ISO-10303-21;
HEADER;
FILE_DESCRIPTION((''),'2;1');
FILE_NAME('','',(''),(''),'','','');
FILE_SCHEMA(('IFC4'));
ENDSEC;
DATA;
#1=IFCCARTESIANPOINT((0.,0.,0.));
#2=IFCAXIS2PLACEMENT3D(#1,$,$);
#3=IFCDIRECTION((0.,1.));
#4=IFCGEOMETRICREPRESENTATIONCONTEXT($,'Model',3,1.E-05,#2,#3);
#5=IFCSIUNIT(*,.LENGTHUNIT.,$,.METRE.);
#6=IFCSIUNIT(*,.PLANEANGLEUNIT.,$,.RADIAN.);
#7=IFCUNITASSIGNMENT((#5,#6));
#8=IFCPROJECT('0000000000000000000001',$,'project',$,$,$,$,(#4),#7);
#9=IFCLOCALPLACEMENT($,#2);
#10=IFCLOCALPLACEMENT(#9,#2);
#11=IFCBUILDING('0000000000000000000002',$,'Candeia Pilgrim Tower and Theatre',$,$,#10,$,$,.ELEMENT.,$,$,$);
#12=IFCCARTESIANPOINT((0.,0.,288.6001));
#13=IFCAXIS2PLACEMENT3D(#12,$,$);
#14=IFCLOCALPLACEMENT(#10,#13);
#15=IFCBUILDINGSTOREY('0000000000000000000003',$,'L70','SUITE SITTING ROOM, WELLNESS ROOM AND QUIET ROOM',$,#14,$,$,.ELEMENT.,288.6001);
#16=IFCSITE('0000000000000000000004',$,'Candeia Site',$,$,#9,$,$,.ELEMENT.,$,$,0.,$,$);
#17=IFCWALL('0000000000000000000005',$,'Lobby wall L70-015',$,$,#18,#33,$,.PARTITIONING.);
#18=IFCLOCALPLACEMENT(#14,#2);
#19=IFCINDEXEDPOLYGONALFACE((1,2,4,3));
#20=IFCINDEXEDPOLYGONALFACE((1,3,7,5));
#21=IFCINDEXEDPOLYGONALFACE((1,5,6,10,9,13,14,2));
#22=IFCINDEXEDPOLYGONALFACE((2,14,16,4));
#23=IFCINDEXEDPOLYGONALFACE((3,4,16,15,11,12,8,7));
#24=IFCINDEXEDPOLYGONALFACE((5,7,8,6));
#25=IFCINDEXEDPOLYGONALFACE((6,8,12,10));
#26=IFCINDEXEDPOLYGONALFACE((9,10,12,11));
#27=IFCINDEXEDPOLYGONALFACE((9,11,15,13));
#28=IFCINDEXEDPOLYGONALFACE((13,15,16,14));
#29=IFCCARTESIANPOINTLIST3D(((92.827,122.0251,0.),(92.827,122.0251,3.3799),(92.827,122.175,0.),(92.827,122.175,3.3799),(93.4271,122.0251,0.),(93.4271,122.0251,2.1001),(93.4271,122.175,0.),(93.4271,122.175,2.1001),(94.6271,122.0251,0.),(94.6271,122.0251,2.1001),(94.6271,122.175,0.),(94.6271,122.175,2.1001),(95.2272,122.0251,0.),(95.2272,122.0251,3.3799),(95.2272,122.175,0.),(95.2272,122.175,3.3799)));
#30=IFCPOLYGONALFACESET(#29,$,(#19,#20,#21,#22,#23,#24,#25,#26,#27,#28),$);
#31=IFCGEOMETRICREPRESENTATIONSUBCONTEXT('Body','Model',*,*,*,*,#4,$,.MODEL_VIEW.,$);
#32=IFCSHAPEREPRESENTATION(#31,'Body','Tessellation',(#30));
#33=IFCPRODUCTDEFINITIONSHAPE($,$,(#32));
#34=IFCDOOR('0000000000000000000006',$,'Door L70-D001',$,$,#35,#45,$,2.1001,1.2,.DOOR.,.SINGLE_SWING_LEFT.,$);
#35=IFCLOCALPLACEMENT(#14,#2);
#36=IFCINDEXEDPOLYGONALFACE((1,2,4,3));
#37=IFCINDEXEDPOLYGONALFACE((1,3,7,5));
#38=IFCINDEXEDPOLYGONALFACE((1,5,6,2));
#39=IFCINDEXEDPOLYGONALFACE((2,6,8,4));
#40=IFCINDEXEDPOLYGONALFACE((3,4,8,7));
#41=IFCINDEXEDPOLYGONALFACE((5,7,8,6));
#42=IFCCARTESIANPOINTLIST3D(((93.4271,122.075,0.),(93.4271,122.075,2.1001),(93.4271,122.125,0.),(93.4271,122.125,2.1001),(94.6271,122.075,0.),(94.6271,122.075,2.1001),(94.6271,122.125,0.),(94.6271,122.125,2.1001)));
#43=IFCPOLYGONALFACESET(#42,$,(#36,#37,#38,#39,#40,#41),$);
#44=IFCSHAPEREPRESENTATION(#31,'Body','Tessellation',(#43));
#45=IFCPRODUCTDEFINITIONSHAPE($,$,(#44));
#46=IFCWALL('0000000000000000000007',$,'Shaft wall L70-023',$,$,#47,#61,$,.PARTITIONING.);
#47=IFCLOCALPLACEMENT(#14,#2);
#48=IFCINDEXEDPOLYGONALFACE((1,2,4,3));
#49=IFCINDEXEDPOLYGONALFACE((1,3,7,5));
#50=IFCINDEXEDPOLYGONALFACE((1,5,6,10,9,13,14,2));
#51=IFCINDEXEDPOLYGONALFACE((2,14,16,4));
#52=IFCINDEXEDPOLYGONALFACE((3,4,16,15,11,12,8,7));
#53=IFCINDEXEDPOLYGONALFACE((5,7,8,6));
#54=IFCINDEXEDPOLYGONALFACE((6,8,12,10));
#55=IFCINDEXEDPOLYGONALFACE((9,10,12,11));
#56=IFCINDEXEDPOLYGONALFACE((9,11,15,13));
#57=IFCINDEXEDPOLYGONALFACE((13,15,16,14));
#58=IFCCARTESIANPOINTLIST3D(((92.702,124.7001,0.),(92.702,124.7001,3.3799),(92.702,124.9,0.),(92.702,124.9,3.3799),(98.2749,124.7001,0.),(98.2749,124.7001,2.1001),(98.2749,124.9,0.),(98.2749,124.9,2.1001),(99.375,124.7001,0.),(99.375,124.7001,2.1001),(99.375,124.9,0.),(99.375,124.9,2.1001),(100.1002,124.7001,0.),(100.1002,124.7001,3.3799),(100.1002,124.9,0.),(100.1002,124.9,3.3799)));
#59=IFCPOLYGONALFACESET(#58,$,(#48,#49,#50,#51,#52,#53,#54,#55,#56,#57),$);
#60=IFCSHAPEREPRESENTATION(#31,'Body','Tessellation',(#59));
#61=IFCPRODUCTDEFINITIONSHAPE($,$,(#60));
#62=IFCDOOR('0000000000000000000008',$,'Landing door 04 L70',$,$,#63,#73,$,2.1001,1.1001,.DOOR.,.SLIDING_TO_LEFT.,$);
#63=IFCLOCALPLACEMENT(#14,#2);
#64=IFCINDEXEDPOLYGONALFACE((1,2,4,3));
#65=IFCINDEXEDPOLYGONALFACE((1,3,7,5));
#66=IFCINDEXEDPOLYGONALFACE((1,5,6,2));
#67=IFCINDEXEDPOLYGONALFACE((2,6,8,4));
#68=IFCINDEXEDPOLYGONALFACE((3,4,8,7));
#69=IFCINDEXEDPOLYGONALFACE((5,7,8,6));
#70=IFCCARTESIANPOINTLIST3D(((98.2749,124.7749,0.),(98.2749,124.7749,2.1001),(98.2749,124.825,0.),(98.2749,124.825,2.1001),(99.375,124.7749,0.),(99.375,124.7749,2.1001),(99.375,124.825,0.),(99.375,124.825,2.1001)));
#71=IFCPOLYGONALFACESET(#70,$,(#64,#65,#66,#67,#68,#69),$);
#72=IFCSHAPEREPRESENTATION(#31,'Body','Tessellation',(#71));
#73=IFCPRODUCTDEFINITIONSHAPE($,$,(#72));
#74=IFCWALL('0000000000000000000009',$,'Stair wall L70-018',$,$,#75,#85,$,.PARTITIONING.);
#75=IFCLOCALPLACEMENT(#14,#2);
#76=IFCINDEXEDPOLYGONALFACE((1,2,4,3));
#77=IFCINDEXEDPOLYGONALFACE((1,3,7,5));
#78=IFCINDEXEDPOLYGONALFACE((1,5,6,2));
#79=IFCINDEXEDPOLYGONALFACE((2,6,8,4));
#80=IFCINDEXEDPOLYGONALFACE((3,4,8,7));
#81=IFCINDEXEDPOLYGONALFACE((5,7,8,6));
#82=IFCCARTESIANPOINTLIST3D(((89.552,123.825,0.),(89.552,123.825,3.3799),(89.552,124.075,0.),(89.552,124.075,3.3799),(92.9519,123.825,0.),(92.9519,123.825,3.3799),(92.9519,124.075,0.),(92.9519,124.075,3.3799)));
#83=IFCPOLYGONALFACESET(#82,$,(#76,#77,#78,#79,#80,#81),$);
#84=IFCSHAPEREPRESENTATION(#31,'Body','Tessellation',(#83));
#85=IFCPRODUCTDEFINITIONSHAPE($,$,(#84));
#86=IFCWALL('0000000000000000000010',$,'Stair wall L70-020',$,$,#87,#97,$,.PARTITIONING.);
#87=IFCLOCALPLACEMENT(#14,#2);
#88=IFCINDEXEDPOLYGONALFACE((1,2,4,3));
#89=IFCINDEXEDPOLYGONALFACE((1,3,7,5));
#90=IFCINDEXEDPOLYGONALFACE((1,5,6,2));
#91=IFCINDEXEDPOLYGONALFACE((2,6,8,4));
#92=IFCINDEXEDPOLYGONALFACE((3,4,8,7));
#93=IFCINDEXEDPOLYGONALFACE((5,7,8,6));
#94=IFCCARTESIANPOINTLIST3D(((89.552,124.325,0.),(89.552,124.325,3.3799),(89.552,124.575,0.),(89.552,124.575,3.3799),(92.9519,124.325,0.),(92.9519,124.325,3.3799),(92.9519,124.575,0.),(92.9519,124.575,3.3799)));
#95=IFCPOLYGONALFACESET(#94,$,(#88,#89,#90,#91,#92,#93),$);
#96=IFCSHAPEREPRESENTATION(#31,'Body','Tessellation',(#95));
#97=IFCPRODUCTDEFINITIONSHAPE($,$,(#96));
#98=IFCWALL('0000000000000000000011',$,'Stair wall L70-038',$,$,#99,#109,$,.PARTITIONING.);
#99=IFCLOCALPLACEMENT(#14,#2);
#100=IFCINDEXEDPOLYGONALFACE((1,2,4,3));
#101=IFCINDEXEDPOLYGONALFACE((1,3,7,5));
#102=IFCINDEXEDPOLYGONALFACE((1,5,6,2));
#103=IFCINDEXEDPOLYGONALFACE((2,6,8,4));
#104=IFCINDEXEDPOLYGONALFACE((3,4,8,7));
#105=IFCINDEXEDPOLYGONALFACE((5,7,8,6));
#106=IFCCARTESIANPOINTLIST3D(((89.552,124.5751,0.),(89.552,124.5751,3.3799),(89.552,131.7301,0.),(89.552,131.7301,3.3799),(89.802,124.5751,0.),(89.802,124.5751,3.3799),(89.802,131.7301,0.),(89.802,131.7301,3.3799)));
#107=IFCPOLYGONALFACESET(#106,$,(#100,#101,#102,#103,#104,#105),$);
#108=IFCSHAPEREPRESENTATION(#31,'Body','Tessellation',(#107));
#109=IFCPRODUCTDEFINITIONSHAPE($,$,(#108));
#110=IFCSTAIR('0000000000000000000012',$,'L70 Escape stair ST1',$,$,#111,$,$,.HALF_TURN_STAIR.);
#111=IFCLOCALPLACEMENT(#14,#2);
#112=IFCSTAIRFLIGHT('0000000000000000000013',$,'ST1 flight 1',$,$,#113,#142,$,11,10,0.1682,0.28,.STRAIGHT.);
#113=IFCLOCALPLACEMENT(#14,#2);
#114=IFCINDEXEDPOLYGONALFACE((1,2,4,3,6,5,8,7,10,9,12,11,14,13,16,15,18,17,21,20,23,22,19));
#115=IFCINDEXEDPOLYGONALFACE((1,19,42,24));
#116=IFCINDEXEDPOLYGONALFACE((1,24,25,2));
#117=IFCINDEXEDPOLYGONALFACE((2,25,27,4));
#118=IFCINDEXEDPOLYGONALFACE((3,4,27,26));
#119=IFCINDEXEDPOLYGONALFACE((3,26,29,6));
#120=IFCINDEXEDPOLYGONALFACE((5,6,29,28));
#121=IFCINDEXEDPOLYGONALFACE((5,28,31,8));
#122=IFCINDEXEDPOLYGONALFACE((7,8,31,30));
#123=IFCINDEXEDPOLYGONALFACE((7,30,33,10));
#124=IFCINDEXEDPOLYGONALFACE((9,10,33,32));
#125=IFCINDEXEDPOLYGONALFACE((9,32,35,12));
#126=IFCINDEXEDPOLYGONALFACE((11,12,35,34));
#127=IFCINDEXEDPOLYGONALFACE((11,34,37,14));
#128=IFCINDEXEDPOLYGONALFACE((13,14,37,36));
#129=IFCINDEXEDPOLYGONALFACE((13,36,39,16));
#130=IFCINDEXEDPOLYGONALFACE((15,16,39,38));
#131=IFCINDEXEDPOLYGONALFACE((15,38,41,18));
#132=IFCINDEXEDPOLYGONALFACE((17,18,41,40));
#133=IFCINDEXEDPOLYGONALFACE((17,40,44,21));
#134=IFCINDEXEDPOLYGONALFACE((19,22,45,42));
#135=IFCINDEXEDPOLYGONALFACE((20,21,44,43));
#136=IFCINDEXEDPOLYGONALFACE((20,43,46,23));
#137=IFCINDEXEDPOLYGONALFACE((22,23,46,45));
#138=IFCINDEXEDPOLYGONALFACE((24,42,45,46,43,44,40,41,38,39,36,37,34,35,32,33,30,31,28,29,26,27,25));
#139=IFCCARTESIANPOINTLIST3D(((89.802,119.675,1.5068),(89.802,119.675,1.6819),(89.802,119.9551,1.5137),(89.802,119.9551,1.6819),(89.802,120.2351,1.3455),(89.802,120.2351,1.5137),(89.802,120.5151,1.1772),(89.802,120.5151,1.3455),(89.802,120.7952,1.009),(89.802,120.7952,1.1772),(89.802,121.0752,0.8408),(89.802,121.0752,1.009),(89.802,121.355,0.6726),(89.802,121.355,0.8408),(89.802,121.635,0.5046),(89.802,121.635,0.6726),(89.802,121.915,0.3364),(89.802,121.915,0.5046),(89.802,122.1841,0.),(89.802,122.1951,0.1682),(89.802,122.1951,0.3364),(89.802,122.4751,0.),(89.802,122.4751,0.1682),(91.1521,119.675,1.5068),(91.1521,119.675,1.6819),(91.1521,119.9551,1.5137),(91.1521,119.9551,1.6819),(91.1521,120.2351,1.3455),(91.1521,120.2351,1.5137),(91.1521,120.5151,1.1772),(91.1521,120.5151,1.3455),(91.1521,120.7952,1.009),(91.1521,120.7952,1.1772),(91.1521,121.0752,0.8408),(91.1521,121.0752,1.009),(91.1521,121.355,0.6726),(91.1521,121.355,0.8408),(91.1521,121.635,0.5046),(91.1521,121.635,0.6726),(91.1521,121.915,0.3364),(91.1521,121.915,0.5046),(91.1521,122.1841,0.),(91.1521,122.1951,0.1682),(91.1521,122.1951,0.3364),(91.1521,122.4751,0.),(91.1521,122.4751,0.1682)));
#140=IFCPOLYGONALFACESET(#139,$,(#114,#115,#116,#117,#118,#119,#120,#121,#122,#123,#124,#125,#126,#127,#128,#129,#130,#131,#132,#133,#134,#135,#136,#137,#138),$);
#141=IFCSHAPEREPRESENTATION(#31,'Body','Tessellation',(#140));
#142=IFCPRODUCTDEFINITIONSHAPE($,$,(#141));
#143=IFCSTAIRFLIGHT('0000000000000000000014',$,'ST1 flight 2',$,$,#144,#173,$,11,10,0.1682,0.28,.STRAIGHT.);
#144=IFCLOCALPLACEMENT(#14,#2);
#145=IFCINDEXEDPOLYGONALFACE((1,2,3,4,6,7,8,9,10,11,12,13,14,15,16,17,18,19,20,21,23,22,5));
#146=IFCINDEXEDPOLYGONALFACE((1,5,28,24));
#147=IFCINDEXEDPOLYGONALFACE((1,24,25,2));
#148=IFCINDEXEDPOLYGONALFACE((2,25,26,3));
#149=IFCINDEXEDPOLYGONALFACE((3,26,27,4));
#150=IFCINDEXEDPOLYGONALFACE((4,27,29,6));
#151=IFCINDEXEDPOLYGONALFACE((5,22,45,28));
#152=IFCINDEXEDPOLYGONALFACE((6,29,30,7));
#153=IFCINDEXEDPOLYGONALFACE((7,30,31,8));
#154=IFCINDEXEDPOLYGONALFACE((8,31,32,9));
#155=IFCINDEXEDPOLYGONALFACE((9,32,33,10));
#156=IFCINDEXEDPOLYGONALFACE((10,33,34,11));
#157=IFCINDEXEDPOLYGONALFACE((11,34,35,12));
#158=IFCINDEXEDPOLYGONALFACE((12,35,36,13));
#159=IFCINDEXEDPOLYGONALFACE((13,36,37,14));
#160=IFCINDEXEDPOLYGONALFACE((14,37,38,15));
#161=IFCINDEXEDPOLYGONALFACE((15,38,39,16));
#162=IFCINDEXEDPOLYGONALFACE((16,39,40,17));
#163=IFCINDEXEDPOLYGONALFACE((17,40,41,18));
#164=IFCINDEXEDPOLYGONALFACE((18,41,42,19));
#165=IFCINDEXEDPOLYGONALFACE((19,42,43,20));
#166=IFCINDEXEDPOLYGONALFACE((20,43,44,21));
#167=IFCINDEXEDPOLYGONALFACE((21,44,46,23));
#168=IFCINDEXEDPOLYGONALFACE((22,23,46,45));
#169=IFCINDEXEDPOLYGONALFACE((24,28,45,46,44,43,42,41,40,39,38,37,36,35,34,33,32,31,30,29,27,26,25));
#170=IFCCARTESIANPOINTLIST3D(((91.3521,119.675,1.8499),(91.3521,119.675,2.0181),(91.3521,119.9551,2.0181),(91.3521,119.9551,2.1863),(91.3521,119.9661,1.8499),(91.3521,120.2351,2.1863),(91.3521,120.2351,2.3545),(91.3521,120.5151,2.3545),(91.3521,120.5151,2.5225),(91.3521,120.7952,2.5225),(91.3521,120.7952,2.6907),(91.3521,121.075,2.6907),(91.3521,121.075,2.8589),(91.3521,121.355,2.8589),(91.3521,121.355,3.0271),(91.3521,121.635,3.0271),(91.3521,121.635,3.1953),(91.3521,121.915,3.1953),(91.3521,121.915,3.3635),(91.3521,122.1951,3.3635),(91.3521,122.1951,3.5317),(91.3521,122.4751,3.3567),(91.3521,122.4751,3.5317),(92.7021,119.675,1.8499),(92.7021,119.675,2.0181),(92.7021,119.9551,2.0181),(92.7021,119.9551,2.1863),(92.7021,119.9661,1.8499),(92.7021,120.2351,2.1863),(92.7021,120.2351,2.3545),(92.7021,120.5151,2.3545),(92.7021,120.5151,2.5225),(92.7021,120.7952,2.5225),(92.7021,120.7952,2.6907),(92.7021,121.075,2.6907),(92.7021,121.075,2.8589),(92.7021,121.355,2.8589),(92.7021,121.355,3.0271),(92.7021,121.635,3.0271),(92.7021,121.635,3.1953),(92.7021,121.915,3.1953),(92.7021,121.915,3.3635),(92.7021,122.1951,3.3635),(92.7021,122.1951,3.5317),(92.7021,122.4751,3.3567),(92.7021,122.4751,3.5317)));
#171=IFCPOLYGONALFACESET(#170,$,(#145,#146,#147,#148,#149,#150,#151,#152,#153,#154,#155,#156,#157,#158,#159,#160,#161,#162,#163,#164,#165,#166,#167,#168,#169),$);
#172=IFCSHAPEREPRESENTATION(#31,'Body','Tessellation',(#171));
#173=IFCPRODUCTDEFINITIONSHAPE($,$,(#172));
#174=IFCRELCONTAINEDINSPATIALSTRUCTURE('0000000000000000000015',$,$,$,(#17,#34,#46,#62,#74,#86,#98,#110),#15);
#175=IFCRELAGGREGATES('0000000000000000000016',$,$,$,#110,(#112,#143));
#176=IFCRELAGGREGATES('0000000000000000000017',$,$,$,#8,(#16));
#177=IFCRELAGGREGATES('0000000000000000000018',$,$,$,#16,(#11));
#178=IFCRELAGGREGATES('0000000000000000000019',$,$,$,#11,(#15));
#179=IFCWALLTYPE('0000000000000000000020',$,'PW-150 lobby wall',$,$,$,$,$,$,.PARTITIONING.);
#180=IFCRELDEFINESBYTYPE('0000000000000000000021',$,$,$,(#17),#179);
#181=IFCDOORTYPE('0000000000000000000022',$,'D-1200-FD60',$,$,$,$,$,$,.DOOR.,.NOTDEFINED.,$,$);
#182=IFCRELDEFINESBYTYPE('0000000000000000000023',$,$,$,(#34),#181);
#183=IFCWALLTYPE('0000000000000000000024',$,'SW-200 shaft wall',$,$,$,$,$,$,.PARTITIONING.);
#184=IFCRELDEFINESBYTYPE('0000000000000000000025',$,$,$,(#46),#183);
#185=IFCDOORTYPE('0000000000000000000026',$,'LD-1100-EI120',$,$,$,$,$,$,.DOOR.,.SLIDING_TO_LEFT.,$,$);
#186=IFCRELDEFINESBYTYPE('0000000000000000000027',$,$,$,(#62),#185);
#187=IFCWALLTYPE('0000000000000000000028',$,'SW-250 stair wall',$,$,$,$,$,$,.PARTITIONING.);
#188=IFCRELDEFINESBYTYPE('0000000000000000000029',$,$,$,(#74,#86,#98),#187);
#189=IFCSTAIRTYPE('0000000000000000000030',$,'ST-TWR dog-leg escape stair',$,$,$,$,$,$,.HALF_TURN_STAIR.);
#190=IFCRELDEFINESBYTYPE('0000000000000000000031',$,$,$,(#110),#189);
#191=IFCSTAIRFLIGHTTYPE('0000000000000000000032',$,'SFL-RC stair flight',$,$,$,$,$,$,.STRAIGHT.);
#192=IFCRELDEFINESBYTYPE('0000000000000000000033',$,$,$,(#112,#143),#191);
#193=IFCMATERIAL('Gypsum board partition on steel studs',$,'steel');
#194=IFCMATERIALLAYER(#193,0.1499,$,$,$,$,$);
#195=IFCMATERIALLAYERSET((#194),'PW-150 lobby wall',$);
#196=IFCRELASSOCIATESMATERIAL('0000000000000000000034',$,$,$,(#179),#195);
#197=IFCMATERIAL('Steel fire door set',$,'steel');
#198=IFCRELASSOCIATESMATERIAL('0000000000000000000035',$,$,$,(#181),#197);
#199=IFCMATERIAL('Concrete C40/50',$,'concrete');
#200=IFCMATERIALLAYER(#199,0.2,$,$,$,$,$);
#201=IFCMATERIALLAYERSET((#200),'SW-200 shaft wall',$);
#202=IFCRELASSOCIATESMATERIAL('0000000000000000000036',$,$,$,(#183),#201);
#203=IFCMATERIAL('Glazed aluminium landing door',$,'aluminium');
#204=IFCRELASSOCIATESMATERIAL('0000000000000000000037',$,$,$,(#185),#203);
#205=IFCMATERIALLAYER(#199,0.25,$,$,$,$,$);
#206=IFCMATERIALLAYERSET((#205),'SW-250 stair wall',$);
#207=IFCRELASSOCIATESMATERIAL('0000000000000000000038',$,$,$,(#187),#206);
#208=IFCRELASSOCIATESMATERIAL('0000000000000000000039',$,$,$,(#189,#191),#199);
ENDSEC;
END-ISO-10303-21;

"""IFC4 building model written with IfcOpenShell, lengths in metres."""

from ifc_helpers import new_model, si_unit, direction, frame, frame_2d, origin, place, context, subcontext, project, spatial, polyline, rectangle, outline, extrude, material, layer, layer_set, type_object, element, fill, aggregate, save


model = new_model("IFC4")

# Units and contexts
model_context = context("Model", 3, precision=1e-05, world=origin(), true_north=direction((0.0, 1.0)))
body_context = subcontext(model_context, "Body", "Model", "MODEL_VIEW")
ifc_project = project(units=[si_unit("LENGTHUNIT", "METRE"), si_unit("PLANEANGLEUNIT", "RADIAN")], contexts=[model_context])

# Site, building, storey
site_placement = place(None, origin())
site = spatial("IfcSite", under=ifc_project, at=site_placement, Name="Candeia Site", CompositionType="ELEMENT", RefElevation=0.0)
building_placement = place(site_placement, origin())
building = spatial("IfcBuilding", under=site, at=building_placement, Name="Candeia Pilgrim Tower and Theatre", CompositionType="ELEMENT")
storey_placement = place(building_placement, frame((0.0, 0.0, 288.6001)))
storey = spatial("IfcBuildingStorey", under=building, at=storey_placement, Name="L70", Description="SUITE SITTING ROOM, WELLNESS ROOM AND QUIET ROOM", CompositionType="ELEMENT", Elevation=288.6001)

# Walls, openings, doors
ifc_material_1 = material(Name="Gypsum board partition on steel studs", Category="steel")
ifc_layer_1 = layer(ifc_material_1, 0.1499)
ifc_layer_set_1 = layer_set([ifc_layer_1], Name="PW-150 lobby wall")
wall_type_1 = type_object("IfcWallType", Name="PW-150 lobby wall", PredefinedType="PARTITIONING", material=ifc_layer_set_1)
wall_1_placement = place(storey_placement, frame((92.8269, 122.1001, 0.0), z_axis=(0.0, 0.0, 1.0), x_axis=(1.0, 0.0, 0.0)))
wall_1 = element("IfcWall", 1, at=wall_1_placement, inside=storey, type_object=wall_type_1, Name="Lobby wall L70-015", PredefinedType="PARTITIONING", context=body_context, shape_type="SweptSolid", body=[
    extrude(rectangle(XDim=2.4001, YDim=0.1499, at=frame_2d((1.2002, 0.0))), origin(), (0.0, 0.0, 1.0), 3.3799),
])
opening_1_placement = place(wall_1_placement, frame((0.6001, 0.0, 0.0)))
opening_1 = element("IfcOpeningElement", 2, at=opening_1_placement, cuts=wall_1, PredefinedType="OPENING", context=body_context, shape_type="SweptSolid", body=[
    extrude(rectangle(XDim=1.2, YDim=2.1001, at=frame_2d((0.6001, 1.05))), frame((0.0, 0.085, 0.0), z_axis=(0.0, -1.0, 0.0), x_axis=(1.0, 0.0, 0.0)), (0.0, 0.0, 1.0), 0.1699),
])
ifc_material_2 = material(Name="Steel fire door set", Category="steel")
door_type_1 = type_object("IfcDoorType", Name="D-1200-FD60", OperationType="NOTDEFINED", PredefinedType="DOOR", material=ifc_material_2)
door_1_placement = place(opening_1_placement, origin())
door_1 = element("IfcDoor", 3, at=door_1_placement, inside=storey, type_object=door_type_1, Name="Door L70-D001", OperationType="SINGLE_SWING_LEFT", OverallHeight=2.1001, OverallWidth=1.2, PredefinedType="DOOR", context=body_context, shape_type="SweptSolid", body=[
    extrude(rectangle(XDim=1.2, YDim=2.1001, at=frame_2d((0.6001, 1.05))), frame((0.0, 0.0249, 0.0), z_axis=(0.0, -1.0, 0.0), x_axis=(1.0, 0.0, 0.0)), (0.0, 0.0, 1.0), 0.05),
])
fill(opening_1, door_1)
ifc_material_3 = material(Name="Concrete C40/50", Category="concrete")
ifc_layer_2 = layer(ifc_material_3, 0.2)
ifc_layer_set_2 = layer_set([ifc_layer_2], Name="SW-200 shaft wall")
wall_type_2 = type_object("IfcWallType", Name="SW-200 shaft wall", PredefinedType="PARTITIONING", material=ifc_layer_set_2)
wall_2_placement = place(storey_placement, frame((92.7019, 124.8, 0.0), z_axis=(0.0, 0.0, 1.0), x_axis=(1.0, 0.0, 0.0)))
wall_2 = element("IfcWall", 4, at=wall_2_placement, inside=storey, type_object=wall_type_2, Name="Shaft wall L70-023", PredefinedType="PARTITIONING", context=body_context, shape_type="SweptSolid", body=[
    extrude(rectangle(XDim=7.3982, YDim=0.2, at=frame_2d((3.6992, 0.0))), origin(), (0.0, 0.0, 1.0), 3.3799),
])
opening_2_placement = place(wall_2_placement, frame((5.573, 0.0, 0.0)))
opening_2 = element("IfcOpeningElement", 5, at=opening_2_placement, cuts=wall_2, PredefinedType="OPENING", context=body_context, shape_type="SweptSolid", body=[
    extrude(rectangle(XDim=1.1001, YDim=2.1001, at=frame_2d((0.55, 1.05))), frame((0.0, 0.1099, 0.0), z_axis=(0.0, -1.0, 0.0), x_axis=(1.0, 0.0, 0.0)), (0.0, 0.0, 1.0), 0.22),
])
ifc_material_4 = material(Name="Glazed aluminium landing door", Category="aluminium")
door_type_2 = type_object("IfcDoorType", Name="LD-1100-EI120", OperationType="SLIDING_TO_LEFT", PredefinedType="DOOR", material=ifc_material_4)
door_2_placement = place(opening_2_placement, origin())
door_2 = element("IfcDoor", 6, at=door_2_placement, inside=storey, type_object=door_type_2, Name="Landing door 04 L70", OperationType="SLIDING_TO_LEFT", OverallHeight=2.1001, OverallWidth=1.1001, PredefinedType="DOOR", context=body_context, shape_type="SweptSolid", body=[
    extrude(rectangle(XDim=1.1001, YDim=2.1001, at=frame_2d((0.55, 1.05))), frame((0.0, 0.0249, 0.0), z_axis=(0.0, -1.0, 0.0), x_axis=(1.0, 0.0, 0.0)), (0.0, 0.0, 1.0), 0.05),
])
fill(opening_2, door_2)

# Walls
ifc_layer_3 = layer(ifc_material_3, 0.25)
ifc_layer_set_3 = layer_set([ifc_layer_3], Name="SW-250 stair wall")
wall_type_3 = type_object("IfcWallType", Name="SW-250 stair wall", PredefinedType="PARTITIONING", material=ifc_layer_set_3)
for number, where, z_axis, x_axis, name in (
    (7, (89.552, 123.95, 0.0), (0.0, 0.0, 1.0), (1.0, 0.0, 0.0), "Stair wall L70-018"),
    (8, (89.552, 124.45, 0.0), (0.0, 0.0, 1.0), (1.0, 0.0, 0.0), "Stair wall L70-020"),
):
    element("IfcWall", number, at=place(storey_placement, frame(where, z_axis=z_axis, x_axis=x_axis)), inside=storey, type_object=wall_type_3, Name=name, PredefinedType="PARTITIONING", context=body_context, shape_type="SweptSolid", body=[
        extrude(rectangle(XDim=3.3999, YDim=0.25, at=frame_2d((1.7, 0.0))), origin(), (0.0, 0.0, 1.0), 3.3799),
    ])
wall_3_placement = place(storey_placement, frame((89.677, 124.575, 0.0), z_axis=(0.0, 0.0, 1.0), x_axis=(0.0, 1.0, 0.0)))
element("IfcWall", 9, at=wall_3_placement, inside=storey, type_object=wall_type_3, Name="Stair wall L70-038", PredefinedType="PARTITIONING", context=body_context, shape_type="SweptSolid", body=[
    extrude(rectangle(XDim=7.155, YDim=0.25, at=frame_2d((3.5776, 0.0))), origin(), (0.0, 0.0, 1.0), 3.3799),
])

# Stair, stair flights
stair_type = type_object("IfcStairType", Name="ST-TWR dog-leg escape stair", PredefinedType="HALF_TURN_STAIR", material=ifc_material_3)
stair_1_placement = place(storey_placement, origin())
stair_1 = element("IfcStair", 10, at=stair_1_placement, inside=storey, type_object=stair_type, Name="L70 Escape stair ST1", PredefinedType="HALF_TURN_STAIR")
stair_flight_type = type_object("IfcStairFlightType", Name="SFL-RC stair flight", PredefinedType="STRAIGHT", material=ifc_material_3)
stair_flight_1_placement = place(storey_placement, frame((90.4771, 122.4751, 0.0), z_axis=(0.0, 0.0, 1.0), x_axis=(0.0, -1.0, 0.0)))
stair_flight_1 = element("IfcStairFlight", 11, at=stair_flight_1_placement, type_object=stair_flight_type, Name="ST1 flight 1", NumberOfRisers=11, NumberOfTreads=10, PredefinedType="STRAIGHT", RiserHeight=0.1682, TreadLength=0.28, context=body_context, shape_type="SweptSolid", body=[
    extrude(outline(polyline([(0.0, 0.0), (0.0, 0.1682), (0.28, 0.1682), (0.28, 0.3364), (0.5601, 0.3364), (0.5601, 0.5046), (0.8401, 0.5046), (0.8401, 0.6726), (1.1201, 0.6726), (1.1201, 0.8408), (1.3999, 0.8408), (1.3999, 1.009), (1.6799, 1.009), (1.6799, 1.1772), (1.96, 1.1772), (1.96, 1.3455), (2.24, 1.3455), (2.24, 1.5137), (2.52, 1.5137), (2.52, 1.6819), (2.8, 1.6819), (2.8, 1.8501), (2.8, 1.5068), (0.291, 0.0), (0.0, 0.0)])), frame((0.0, 0.675, 0.0), z_axis=(0.0, -1.0, 0.0), x_axis=(1.0, 0.0, 0.0)), (0.0, 0.0, 1.0), 1.3501),
])
stair_flight_2_placement = place(storey_placement, frame((92.0271, 119.675, 1.8499), z_axis=(0.0, 0.0, 1.0), x_axis=(0.0, 1.0, 0.0)))
stair_flight_2 = element("IfcStairFlight", 12, at=stair_flight_2_placement, type_object=stair_flight_type, Name="ST1 flight 2", NumberOfRisers=11, NumberOfTreads=10, PredefinedType="STRAIGHT", RiserHeight=0.1682, TreadLength=0.28, context=body_context, shape_type="SweptSolid", body=[
    extrude(outline(polyline([(0.0, 0.0), (0.0, 0.1682), (0.28, 0.1682), (0.28, 0.3364), (0.5601, 0.3364), (0.5601, 0.5046), (0.8401, 0.5046), (0.8401, 0.6726), (1.1201, 0.6726), (1.1201, 0.8408), (1.3999, 0.8408), (1.3999, 1.009), (1.6799, 1.009), (1.6799, 1.1772), (1.96, 1.1772), (1.96, 1.3455), (2.24, 1.3455), (2.24, 1.5137), (2.52, 1.5137), (2.52, 1.6819), (2.8, 1.6819), (2.8, 1.8501), (2.8, 1.5068), (0.291, 0.0), (0.0, 0.0)])), frame((0.0, 0.675, 0.0), z_axis=(0.0, -1.0, 0.0), x_axis=(1.0, 0.0, 0.0)), (0.0, 0.0, 1.0), 1.3501),
])
aggregate(stair_1, [stair_flight_1, stair_flight_2])

save(model, "model.ifc")
